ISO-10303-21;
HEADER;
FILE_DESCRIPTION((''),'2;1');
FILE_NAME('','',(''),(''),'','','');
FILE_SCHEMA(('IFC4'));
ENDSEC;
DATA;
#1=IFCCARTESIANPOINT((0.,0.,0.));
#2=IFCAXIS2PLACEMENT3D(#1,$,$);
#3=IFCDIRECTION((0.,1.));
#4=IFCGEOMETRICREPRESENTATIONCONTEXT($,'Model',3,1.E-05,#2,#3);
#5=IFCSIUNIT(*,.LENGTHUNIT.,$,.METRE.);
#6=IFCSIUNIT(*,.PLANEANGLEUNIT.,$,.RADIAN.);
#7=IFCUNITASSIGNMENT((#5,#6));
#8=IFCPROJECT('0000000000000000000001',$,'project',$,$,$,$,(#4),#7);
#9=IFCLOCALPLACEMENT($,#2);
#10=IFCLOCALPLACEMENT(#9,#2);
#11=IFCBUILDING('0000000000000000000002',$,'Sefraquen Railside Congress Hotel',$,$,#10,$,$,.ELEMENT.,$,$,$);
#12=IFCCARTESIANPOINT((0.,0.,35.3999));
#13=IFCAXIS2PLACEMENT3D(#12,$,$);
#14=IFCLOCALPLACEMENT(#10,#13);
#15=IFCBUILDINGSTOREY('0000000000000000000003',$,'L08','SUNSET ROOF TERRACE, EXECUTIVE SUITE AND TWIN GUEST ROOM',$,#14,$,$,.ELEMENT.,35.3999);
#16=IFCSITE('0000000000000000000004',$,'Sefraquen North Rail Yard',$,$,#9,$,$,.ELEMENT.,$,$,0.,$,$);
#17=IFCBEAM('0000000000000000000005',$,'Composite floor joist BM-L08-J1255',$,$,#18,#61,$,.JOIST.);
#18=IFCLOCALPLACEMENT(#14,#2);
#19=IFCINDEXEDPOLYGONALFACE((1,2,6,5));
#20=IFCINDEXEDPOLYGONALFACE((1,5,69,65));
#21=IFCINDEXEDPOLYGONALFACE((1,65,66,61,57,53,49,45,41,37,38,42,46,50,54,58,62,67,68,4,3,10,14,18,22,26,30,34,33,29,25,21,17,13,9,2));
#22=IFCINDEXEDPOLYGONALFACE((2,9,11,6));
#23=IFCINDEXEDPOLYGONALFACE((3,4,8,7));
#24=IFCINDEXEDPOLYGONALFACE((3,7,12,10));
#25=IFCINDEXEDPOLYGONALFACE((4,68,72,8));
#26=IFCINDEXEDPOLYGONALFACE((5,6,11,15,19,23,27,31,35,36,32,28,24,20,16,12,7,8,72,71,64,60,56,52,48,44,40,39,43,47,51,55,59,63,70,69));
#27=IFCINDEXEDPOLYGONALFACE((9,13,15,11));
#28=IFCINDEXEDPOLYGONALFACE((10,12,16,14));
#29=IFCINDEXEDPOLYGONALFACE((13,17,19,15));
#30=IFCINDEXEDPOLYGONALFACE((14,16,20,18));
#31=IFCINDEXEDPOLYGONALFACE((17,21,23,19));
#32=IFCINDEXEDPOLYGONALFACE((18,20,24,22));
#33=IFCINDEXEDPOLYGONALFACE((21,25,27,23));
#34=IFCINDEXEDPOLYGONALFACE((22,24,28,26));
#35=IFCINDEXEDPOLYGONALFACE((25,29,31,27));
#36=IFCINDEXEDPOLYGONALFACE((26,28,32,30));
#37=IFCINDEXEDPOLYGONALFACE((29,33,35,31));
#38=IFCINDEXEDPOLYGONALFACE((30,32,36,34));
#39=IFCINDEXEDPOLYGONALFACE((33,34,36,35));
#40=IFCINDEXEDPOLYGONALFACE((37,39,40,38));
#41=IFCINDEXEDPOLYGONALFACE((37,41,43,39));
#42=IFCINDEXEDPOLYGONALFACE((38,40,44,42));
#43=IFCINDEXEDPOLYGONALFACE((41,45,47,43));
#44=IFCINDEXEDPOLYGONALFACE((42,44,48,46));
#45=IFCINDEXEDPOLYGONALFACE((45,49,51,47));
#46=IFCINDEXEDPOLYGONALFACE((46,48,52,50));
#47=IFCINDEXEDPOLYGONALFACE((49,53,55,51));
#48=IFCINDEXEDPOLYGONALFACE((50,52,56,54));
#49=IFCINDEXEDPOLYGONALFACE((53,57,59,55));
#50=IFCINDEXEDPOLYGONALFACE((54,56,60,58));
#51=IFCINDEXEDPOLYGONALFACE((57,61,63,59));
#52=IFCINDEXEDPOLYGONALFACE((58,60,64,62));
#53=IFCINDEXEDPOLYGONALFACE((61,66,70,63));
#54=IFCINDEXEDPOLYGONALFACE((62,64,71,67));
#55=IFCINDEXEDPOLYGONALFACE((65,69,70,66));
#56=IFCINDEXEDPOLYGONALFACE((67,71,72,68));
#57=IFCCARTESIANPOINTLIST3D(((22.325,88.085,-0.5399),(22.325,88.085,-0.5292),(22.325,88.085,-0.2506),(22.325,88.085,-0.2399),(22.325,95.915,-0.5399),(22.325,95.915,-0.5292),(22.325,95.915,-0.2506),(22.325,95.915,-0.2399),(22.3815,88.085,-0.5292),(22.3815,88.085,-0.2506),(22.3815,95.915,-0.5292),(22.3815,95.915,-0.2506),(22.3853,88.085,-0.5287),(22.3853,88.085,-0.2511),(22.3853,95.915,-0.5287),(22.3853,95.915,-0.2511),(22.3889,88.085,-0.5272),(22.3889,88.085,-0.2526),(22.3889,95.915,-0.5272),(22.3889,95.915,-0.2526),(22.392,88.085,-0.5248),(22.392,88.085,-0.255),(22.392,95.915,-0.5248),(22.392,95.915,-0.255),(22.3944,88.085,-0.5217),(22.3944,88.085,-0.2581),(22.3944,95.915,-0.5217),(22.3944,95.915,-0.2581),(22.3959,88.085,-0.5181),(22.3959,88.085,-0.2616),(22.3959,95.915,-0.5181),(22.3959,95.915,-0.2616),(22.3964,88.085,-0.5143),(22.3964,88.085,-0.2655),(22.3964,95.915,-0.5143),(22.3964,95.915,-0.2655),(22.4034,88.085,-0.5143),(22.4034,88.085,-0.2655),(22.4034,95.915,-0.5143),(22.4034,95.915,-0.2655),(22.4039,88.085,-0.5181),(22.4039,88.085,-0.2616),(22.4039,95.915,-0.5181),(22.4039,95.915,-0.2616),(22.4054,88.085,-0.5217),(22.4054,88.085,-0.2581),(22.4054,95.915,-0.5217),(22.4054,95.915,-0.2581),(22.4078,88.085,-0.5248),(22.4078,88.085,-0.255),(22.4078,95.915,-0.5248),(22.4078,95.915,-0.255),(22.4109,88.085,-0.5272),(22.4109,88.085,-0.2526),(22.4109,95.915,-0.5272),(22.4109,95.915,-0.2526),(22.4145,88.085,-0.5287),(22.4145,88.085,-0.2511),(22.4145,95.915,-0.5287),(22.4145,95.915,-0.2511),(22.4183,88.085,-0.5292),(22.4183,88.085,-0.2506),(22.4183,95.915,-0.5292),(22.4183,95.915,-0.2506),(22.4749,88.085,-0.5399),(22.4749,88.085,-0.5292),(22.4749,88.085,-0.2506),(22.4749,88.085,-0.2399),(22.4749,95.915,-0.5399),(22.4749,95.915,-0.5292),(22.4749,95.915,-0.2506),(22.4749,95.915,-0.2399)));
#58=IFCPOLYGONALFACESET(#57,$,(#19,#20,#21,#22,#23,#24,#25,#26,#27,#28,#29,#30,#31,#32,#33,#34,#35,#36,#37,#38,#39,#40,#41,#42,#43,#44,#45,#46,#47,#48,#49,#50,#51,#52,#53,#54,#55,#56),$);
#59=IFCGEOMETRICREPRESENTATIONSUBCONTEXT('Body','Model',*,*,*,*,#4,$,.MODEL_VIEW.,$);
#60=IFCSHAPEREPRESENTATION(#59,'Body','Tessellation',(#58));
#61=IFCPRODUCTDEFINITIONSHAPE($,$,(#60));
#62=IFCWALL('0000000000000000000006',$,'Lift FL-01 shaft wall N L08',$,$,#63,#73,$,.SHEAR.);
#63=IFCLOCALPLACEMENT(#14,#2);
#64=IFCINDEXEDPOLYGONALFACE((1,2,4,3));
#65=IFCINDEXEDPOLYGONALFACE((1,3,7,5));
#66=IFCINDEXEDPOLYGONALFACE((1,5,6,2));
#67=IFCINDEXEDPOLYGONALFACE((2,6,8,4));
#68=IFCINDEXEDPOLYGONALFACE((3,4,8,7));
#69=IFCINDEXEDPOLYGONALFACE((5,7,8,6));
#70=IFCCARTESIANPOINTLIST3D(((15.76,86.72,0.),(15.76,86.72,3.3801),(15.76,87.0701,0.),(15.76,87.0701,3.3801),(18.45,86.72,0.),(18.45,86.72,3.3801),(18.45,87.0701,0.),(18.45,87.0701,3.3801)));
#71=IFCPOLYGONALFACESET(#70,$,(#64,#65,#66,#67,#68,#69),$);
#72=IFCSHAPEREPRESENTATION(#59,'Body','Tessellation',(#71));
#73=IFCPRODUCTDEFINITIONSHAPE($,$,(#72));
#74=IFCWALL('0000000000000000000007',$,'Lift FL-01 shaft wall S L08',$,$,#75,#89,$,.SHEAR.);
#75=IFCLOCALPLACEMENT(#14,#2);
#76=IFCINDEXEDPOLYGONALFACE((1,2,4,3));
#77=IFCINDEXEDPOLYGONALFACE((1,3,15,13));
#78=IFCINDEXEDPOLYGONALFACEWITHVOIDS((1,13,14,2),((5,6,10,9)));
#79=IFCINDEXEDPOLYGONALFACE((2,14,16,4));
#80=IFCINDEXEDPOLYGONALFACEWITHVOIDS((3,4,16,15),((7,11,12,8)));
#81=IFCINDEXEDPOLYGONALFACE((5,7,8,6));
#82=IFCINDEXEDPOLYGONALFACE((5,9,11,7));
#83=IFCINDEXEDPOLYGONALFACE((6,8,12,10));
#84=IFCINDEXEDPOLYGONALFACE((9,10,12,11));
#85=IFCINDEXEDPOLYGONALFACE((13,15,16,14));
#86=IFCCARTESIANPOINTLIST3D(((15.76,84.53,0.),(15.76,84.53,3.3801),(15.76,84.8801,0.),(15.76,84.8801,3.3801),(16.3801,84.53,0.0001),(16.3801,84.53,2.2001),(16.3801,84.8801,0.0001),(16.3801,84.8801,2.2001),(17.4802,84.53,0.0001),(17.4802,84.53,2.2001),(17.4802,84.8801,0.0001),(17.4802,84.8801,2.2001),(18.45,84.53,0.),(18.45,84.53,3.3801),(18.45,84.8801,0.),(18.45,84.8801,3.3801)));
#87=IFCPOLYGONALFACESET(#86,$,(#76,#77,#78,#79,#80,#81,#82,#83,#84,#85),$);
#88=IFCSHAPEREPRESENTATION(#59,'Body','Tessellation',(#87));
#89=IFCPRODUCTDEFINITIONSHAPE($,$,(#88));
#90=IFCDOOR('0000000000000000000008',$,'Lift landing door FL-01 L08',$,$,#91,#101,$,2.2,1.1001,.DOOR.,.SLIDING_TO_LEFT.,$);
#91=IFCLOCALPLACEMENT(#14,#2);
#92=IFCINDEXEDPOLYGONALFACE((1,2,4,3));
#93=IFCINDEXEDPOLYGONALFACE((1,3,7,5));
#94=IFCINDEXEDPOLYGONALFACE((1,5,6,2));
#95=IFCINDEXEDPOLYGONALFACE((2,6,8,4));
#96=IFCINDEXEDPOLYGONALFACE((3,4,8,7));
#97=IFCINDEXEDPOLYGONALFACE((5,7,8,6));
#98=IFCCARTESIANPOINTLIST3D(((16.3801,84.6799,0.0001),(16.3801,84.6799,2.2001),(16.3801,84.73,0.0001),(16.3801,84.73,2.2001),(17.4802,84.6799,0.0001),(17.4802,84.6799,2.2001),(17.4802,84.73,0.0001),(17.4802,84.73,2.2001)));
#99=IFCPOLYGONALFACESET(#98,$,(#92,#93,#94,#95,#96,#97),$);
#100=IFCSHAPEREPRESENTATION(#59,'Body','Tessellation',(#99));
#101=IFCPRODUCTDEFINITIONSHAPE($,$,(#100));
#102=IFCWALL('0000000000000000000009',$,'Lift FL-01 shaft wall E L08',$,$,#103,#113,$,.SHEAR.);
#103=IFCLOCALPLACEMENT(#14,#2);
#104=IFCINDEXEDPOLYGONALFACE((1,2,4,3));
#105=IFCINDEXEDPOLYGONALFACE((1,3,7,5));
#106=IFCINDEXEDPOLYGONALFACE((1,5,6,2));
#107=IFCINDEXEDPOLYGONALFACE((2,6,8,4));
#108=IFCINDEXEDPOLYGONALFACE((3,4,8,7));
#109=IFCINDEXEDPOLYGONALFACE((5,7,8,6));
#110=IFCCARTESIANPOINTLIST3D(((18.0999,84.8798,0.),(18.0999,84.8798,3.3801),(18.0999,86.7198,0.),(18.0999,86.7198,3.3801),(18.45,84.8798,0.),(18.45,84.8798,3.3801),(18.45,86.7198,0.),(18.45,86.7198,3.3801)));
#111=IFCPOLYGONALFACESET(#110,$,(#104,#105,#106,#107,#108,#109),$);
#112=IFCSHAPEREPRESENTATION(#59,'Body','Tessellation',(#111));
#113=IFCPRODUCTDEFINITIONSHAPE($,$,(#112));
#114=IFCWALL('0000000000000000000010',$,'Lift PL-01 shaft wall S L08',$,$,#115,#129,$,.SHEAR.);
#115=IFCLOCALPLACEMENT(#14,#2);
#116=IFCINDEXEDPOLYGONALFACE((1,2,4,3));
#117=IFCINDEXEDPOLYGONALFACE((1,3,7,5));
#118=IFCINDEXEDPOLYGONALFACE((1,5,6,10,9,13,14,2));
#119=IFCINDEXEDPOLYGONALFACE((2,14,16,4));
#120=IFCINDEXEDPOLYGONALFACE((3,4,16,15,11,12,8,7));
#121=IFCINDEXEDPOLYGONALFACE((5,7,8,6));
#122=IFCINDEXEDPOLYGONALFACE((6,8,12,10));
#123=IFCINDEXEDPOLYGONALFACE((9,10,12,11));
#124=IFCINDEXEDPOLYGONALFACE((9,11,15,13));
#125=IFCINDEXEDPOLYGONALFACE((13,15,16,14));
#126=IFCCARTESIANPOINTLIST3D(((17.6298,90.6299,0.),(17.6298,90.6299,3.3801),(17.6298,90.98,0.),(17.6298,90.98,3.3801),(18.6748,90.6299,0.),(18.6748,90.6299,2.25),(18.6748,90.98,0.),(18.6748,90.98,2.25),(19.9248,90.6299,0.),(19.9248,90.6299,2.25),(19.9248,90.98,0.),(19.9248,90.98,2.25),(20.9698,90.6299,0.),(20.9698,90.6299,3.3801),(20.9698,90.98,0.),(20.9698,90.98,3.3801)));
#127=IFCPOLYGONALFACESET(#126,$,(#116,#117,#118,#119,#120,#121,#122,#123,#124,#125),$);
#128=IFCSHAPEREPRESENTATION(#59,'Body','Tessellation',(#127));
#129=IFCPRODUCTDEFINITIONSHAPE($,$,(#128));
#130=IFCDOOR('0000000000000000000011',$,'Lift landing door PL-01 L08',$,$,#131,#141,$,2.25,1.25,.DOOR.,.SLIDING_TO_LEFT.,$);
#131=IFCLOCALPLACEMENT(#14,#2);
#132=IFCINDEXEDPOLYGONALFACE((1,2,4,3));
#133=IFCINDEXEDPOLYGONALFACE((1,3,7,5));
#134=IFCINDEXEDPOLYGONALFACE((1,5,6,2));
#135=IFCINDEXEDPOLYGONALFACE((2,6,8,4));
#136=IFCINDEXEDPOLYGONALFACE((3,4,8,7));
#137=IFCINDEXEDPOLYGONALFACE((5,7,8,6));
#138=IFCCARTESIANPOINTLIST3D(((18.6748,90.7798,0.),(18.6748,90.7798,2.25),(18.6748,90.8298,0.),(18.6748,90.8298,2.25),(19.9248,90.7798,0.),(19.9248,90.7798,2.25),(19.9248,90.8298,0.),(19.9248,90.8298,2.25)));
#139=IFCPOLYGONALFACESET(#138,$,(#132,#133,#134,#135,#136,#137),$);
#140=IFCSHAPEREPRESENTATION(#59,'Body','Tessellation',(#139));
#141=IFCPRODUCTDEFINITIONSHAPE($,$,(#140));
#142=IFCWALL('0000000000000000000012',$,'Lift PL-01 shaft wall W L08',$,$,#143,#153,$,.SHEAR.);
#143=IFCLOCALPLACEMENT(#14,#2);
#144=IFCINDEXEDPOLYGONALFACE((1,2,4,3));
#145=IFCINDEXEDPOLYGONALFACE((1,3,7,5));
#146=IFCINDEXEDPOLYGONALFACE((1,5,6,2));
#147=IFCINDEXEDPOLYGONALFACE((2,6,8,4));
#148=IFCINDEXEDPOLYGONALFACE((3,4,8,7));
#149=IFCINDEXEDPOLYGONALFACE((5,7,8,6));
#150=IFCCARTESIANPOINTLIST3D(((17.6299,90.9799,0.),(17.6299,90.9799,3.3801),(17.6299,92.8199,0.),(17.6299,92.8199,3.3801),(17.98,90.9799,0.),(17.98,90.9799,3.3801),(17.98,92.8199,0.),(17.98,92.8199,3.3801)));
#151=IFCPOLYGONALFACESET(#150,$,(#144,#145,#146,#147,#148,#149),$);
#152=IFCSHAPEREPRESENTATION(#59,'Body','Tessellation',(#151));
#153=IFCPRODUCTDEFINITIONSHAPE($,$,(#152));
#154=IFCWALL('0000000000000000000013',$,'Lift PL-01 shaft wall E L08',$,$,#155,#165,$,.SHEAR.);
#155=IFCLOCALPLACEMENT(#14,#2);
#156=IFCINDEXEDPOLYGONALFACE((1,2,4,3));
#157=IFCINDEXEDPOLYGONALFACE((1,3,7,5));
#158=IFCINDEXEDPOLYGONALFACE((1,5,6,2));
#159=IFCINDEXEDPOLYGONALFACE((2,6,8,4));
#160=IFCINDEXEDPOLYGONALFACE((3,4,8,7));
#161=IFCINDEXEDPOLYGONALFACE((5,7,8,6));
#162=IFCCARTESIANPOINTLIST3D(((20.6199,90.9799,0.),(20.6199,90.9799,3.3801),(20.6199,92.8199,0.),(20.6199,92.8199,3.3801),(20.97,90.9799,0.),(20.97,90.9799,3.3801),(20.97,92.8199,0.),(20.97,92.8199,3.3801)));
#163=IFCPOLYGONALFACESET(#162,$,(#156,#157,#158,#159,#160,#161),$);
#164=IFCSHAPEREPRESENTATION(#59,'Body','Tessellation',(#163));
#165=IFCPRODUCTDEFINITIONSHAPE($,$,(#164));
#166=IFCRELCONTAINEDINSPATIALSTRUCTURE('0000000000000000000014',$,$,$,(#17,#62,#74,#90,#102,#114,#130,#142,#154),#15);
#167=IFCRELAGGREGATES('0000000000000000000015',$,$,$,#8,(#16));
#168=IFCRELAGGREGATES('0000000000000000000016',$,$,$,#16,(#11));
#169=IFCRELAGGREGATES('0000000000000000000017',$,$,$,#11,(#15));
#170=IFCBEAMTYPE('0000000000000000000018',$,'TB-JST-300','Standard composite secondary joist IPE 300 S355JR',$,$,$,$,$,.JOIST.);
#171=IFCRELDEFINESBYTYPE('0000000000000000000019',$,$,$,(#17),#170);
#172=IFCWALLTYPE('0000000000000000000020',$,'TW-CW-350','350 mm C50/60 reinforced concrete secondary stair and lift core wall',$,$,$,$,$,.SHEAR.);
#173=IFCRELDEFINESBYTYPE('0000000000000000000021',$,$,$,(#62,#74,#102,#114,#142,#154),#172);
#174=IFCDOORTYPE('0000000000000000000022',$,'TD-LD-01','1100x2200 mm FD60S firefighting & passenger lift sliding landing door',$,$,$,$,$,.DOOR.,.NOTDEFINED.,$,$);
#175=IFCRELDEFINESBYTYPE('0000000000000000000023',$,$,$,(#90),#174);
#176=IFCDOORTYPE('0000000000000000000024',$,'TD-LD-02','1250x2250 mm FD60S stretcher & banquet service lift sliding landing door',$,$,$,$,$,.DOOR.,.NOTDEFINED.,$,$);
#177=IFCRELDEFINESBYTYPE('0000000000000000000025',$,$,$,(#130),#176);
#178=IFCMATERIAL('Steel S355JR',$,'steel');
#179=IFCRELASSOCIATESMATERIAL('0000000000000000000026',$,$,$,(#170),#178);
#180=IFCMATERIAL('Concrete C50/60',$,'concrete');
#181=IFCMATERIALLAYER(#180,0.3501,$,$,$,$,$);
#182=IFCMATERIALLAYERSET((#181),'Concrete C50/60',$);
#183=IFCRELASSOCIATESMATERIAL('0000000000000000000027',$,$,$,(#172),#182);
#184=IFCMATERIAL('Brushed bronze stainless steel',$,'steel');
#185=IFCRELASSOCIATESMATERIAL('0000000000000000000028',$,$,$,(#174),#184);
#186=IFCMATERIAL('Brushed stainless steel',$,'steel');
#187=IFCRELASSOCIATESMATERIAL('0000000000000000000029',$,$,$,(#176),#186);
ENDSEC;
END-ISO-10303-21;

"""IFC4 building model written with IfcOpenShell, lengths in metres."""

from ifc_helpers import new_model, si_unit, direction, frame, frame_2d, origin, origin_2d, place, context, subcontext, project, spatial, rectangle, i_section, extrude, material, layer, layer_set, material_profile, profile_set, type_object, element, fill, save


model = new_model("IFC4")

# Units and contexts
model_context = context("Model", 3, precision=1e-05, world=origin(), true_north=direction((0.0, 1.0)))
body_context = subcontext(model_context, "Body", "Model", "MODEL_VIEW")
ifc_project = project(units=[si_unit("LENGTHUNIT", "METRE"), si_unit("PLANEANGLEUNIT", "RADIAN")], contexts=[model_context])

# Site, building, storey
site_placement = place(None, origin())
site = spatial("IfcSite", under=ifc_project, at=site_placement, Name="Sefraquen North Rail Yard", CompositionType="ELEMENT", RefElevation=0.0)
building_placement = place(site_placement, origin())
building = spatial("IfcBuilding", under=site, at=building_placement, Name="Sefraquen Railside Congress Hotel", CompositionType="ELEMENT")
storey_placement = place(building_placement, frame((0.0, 0.0, 35.3999)))
storey = spatial("IfcBuildingStorey", under=building, at=storey_placement, Name="L08", Description="SUNSET ROOF TERRACE, EXECUTIVE SUITE AND TWIN GUEST ROOM", CompositionType="ELEMENT", Elevation=35.3999)

# Shared definitions
ifc_material_1 = material(Name="Steel S355JR", Category="steel")

# Beam
ifc_material_profile_1 = material_profile(ifc_material_1, i_section(OverallWidth=0.1499, OverallDepth=0.3, WebThickness=0.0071, FlangeThickness=0.0107, FilletRadius=0.0149, at=origin_2d()), Name="IPE 300")
ifc_profile_set_1 = profile_set([ifc_material_profile_1], Name="Steel S355JR")
beam_type_1 = type_object("IfcBeamType", Name="TB-JST-300", Description="Standard composite secondary joist IPE 300 S355JR", PredefinedType="JOIST", material=ifc_profile_set_1)
for number, where, z_axis, x_axis, name in (
    (1, (22.3999, 88.085, -0.3899), (0.0, 1.0, 0.0), (-1.0, 0.0, 0.0), "Composite floor joist BM-L08-J1255"),
):
    element("IfcBeam", number, at=place(storey_placement, frame(where, z_axis=z_axis, x_axis=x_axis)), inside=storey, type_object=beam_type_1, Name=name, PredefinedType="JOIST", context=body_context, shape_type="SweptSolid", body=[
        extrude(i_section(OverallWidth=0.1499, OverallDepth=0.3, WebThickness=0.0071, FlangeThickness=0.0107, FilletRadius=0.0149, at=origin_2d()), origin(), (0.0, 0.0, 1.0), 7.8301),
    ])

# Wall
ifc_material_2 = material(Name="Concrete C50/60", Category="concrete")
ifc_layer_1 = layer(ifc_material_2, 0.3501)
ifc_layer_set_1 = layer_set([ifc_layer_1], Name="Concrete C50/60")
wall_type_1 = type_object("IfcWallType", Name="TW-CW-350", Description="350 mm C50/60 reinforced concrete secondary stair and lift core wall", PredefinedType="SHEAR", material=ifc_layer_set_1)
wall_1_placement = place(storey_placement, frame((15.76, 86.895, 0.0), z_axis=(0.0, 0.0, 1.0), x_axis=(1.0, 0.0, 0.0)))
element("IfcWall", 2, at=wall_1_placement, inside=storey, type_object=wall_type_1, Name="Lift FL-01 shaft wall N L08", PredefinedType="SHEAR", context=body_context, shape_type="SweptSolid", body=[
    extrude(rectangle(XDim=2.6899, YDim=0.3501, at=frame_2d((1.345, 0.0))), origin(), (0.0, 0.0, 1.0), 3.3801),
])

# Wall, opening, door
wall_2_placement = place(storey_placement, frame((15.76, 84.7051, 0.0), z_axis=(0.0, 0.0, 1.0), x_axis=(1.0, 0.0, 0.0)))
wall_2 = element("IfcWall", 3, at=wall_2_placement, inside=storey, type_object=wall_type_1, Name="Lift FL-01 shaft wall S L08", PredefinedType="SHEAR", context=body_context, shape_type="SweptSolid", body=[
    extrude(rectangle(XDim=2.6899, YDim=0.3501, at=frame_2d((1.345, 0.0))), origin(), (0.0, 0.0, 1.0), 3.3801),
])
opening_1_placement = place(wall_2_placement, frame((0.6201, 0.0, 0.0)))
opening_1 = element("IfcOpeningElement", 4, at=opening_1_placement, cuts=wall_2, PredefinedType="OPENING", context=body_context, shape_type="SweptSolid", body=[
    extrude(rectangle(XDim=1.1001, YDim=2.2, at=frame_2d((0.55, 1.1001))), frame((0.0, 0.1851, 0.0), z_axis=(0.0, -1.0, 0.0), x_axis=(1.0, 0.0, 0.0)), (0.0, 0.0, 1.0), 0.3701),
])
ifc_material_3 = material(Name="Brushed bronze stainless steel", Category="steel")
door_type_1 = type_object("IfcDoorType", Name="TD-LD-01", Description="1100x2200 mm FD60S firefighting & passenger lift sliding landing door", OperationType="NOTDEFINED", PredefinedType="DOOR", material=ifc_material_3)
door_1_placement = place(opening_1_placement, origin())
door_1 = element("IfcDoor", 5, at=door_1_placement, inside=storey, type_object=door_type_1, Name="Lift landing door FL-01 L08", OperationType="SLIDING_TO_LEFT", OverallHeight=2.2, OverallWidth=1.1001, PredefinedType="DOOR", context=body_context, shape_type="SweptSolid", body=[
    extrude(rectangle(XDim=1.1001, YDim=2.2, at=frame_2d((0.55, 1.1001))), frame((0.0, 0.0249, 0.0), z_axis=(0.0, -1.0, 0.0), x_axis=(1.0, 0.0, 0.0)), (0.0, 0.0, 1.0), 0.05),
])
fill(opening_1, door_1)

# Wall
wall_3_placement = place(storey_placement, frame((18.2749, 84.8799, 0.0), z_axis=(0.0, 0.0, 1.0), x_axis=(0.0, 1.0, 0.0)))
element("IfcWall", 6, at=wall_3_placement, inside=storey, type_object=wall_type_1, Name="Lift FL-01 shaft wall E L08", PredefinedType="SHEAR", context=body_context, shape_type="SweptSolid", body=[
    extrude(rectangle(XDim=1.8401, YDim=0.3501, at=frame_2d((0.9199, 0.0))), origin(), (0.0, 0.0, 1.0), 3.3801),
])

# Wall, opening, door
wall_4_placement = place(storey_placement, frame((17.6299, 90.8049, 0.0), z_axis=(0.0, 0.0, 1.0), x_axis=(1.0, 0.0, 0.0)))
wall_4 = element("IfcWall", 7, at=wall_4_placement, inside=storey, type_object=wall_type_1, Name="Lift PL-01 shaft wall S L08", PredefinedType="SHEAR", context=body_context, shape_type="SweptSolid", body=[
    extrude(rectangle(XDim=3.3401, YDim=0.3501, at=frame_2d((1.6699, 0.0))), origin(), (0.0, 0.0, 1.0), 3.3801),
])
opening_2_placement = place(wall_4_placement, frame((1.0449, 0.0, 0.0)))
opening_2 = element("IfcOpeningElement", 8, at=opening_2_placement, cuts=wall_4, PredefinedType="OPENING", context=body_context, shape_type="SweptSolid", body=[
    extrude(rectangle(XDim=1.25, YDim=2.25, at=frame_2d((0.625, 1.125))), frame((0.0, 0.1851, 0.0), z_axis=(0.0, -1.0, 0.0), x_axis=(1.0, 0.0, 0.0)), (0.0, 0.0, 1.0), 0.3701),
])
ifc_material_4 = material(Name="Brushed stainless steel", Category="steel")
door_type_2 = type_object("IfcDoorType", Name="TD-LD-02", Description="1250x2250 mm FD60S stretcher & banquet service lift sliding landing door", OperationType="NOTDEFINED", PredefinedType="DOOR", material=ifc_material_4)
door_2_placement = place(opening_2_placement, origin())
door_2 = element("IfcDoor", 9, at=door_2_placement, inside=storey, type_object=door_type_2, Name="Lift landing door PL-01 L08", OperationType="SLIDING_TO_LEFT", OverallHeight=2.25, OverallWidth=1.25, PredefinedType="DOOR", context=body_context, shape_type="SweptSolid", body=[
    extrude(rectangle(XDim=1.25, YDim=2.25, at=frame_2d((0.625, 1.125))), frame((0.0, 0.0249, 0.0), z_axis=(0.0, -1.0, 0.0), x_axis=(1.0, 0.0, 0.0)), (0.0, 0.0, 1.0), 0.05),
])
fill(opening_2, door_2)

# Walls
for number, where, z_axis, x_axis, name in (
    (10, (17.8049, 90.98, 0.0), (0.0, 0.0, 1.0), (0.0, 1.0, 0.0), "Lift PL-01 shaft wall W L08"),
    (11, (20.7949, 90.98, 0.0), (0.0, 0.0, 1.0), (0.0, 1.0, 0.0), "Lift PL-01 shaft wall E L08"),
):
    element("IfcWall", number, at=place(storey_placement, frame(where, z_axis=z_axis, x_axis=x_axis)), inside=storey, type_object=wall_type_1, Name=name, PredefinedType="SHEAR", context=body_context, shape_type="SweptSolid", body=[
        extrude(rectangle(XDim=1.8401, YDim=0.3501, at=frame_2d((0.9199, 0.0))), origin(), (0.0, 0.0, 1.0), 3.3801),
    ])

save(model, "model.ifc")
